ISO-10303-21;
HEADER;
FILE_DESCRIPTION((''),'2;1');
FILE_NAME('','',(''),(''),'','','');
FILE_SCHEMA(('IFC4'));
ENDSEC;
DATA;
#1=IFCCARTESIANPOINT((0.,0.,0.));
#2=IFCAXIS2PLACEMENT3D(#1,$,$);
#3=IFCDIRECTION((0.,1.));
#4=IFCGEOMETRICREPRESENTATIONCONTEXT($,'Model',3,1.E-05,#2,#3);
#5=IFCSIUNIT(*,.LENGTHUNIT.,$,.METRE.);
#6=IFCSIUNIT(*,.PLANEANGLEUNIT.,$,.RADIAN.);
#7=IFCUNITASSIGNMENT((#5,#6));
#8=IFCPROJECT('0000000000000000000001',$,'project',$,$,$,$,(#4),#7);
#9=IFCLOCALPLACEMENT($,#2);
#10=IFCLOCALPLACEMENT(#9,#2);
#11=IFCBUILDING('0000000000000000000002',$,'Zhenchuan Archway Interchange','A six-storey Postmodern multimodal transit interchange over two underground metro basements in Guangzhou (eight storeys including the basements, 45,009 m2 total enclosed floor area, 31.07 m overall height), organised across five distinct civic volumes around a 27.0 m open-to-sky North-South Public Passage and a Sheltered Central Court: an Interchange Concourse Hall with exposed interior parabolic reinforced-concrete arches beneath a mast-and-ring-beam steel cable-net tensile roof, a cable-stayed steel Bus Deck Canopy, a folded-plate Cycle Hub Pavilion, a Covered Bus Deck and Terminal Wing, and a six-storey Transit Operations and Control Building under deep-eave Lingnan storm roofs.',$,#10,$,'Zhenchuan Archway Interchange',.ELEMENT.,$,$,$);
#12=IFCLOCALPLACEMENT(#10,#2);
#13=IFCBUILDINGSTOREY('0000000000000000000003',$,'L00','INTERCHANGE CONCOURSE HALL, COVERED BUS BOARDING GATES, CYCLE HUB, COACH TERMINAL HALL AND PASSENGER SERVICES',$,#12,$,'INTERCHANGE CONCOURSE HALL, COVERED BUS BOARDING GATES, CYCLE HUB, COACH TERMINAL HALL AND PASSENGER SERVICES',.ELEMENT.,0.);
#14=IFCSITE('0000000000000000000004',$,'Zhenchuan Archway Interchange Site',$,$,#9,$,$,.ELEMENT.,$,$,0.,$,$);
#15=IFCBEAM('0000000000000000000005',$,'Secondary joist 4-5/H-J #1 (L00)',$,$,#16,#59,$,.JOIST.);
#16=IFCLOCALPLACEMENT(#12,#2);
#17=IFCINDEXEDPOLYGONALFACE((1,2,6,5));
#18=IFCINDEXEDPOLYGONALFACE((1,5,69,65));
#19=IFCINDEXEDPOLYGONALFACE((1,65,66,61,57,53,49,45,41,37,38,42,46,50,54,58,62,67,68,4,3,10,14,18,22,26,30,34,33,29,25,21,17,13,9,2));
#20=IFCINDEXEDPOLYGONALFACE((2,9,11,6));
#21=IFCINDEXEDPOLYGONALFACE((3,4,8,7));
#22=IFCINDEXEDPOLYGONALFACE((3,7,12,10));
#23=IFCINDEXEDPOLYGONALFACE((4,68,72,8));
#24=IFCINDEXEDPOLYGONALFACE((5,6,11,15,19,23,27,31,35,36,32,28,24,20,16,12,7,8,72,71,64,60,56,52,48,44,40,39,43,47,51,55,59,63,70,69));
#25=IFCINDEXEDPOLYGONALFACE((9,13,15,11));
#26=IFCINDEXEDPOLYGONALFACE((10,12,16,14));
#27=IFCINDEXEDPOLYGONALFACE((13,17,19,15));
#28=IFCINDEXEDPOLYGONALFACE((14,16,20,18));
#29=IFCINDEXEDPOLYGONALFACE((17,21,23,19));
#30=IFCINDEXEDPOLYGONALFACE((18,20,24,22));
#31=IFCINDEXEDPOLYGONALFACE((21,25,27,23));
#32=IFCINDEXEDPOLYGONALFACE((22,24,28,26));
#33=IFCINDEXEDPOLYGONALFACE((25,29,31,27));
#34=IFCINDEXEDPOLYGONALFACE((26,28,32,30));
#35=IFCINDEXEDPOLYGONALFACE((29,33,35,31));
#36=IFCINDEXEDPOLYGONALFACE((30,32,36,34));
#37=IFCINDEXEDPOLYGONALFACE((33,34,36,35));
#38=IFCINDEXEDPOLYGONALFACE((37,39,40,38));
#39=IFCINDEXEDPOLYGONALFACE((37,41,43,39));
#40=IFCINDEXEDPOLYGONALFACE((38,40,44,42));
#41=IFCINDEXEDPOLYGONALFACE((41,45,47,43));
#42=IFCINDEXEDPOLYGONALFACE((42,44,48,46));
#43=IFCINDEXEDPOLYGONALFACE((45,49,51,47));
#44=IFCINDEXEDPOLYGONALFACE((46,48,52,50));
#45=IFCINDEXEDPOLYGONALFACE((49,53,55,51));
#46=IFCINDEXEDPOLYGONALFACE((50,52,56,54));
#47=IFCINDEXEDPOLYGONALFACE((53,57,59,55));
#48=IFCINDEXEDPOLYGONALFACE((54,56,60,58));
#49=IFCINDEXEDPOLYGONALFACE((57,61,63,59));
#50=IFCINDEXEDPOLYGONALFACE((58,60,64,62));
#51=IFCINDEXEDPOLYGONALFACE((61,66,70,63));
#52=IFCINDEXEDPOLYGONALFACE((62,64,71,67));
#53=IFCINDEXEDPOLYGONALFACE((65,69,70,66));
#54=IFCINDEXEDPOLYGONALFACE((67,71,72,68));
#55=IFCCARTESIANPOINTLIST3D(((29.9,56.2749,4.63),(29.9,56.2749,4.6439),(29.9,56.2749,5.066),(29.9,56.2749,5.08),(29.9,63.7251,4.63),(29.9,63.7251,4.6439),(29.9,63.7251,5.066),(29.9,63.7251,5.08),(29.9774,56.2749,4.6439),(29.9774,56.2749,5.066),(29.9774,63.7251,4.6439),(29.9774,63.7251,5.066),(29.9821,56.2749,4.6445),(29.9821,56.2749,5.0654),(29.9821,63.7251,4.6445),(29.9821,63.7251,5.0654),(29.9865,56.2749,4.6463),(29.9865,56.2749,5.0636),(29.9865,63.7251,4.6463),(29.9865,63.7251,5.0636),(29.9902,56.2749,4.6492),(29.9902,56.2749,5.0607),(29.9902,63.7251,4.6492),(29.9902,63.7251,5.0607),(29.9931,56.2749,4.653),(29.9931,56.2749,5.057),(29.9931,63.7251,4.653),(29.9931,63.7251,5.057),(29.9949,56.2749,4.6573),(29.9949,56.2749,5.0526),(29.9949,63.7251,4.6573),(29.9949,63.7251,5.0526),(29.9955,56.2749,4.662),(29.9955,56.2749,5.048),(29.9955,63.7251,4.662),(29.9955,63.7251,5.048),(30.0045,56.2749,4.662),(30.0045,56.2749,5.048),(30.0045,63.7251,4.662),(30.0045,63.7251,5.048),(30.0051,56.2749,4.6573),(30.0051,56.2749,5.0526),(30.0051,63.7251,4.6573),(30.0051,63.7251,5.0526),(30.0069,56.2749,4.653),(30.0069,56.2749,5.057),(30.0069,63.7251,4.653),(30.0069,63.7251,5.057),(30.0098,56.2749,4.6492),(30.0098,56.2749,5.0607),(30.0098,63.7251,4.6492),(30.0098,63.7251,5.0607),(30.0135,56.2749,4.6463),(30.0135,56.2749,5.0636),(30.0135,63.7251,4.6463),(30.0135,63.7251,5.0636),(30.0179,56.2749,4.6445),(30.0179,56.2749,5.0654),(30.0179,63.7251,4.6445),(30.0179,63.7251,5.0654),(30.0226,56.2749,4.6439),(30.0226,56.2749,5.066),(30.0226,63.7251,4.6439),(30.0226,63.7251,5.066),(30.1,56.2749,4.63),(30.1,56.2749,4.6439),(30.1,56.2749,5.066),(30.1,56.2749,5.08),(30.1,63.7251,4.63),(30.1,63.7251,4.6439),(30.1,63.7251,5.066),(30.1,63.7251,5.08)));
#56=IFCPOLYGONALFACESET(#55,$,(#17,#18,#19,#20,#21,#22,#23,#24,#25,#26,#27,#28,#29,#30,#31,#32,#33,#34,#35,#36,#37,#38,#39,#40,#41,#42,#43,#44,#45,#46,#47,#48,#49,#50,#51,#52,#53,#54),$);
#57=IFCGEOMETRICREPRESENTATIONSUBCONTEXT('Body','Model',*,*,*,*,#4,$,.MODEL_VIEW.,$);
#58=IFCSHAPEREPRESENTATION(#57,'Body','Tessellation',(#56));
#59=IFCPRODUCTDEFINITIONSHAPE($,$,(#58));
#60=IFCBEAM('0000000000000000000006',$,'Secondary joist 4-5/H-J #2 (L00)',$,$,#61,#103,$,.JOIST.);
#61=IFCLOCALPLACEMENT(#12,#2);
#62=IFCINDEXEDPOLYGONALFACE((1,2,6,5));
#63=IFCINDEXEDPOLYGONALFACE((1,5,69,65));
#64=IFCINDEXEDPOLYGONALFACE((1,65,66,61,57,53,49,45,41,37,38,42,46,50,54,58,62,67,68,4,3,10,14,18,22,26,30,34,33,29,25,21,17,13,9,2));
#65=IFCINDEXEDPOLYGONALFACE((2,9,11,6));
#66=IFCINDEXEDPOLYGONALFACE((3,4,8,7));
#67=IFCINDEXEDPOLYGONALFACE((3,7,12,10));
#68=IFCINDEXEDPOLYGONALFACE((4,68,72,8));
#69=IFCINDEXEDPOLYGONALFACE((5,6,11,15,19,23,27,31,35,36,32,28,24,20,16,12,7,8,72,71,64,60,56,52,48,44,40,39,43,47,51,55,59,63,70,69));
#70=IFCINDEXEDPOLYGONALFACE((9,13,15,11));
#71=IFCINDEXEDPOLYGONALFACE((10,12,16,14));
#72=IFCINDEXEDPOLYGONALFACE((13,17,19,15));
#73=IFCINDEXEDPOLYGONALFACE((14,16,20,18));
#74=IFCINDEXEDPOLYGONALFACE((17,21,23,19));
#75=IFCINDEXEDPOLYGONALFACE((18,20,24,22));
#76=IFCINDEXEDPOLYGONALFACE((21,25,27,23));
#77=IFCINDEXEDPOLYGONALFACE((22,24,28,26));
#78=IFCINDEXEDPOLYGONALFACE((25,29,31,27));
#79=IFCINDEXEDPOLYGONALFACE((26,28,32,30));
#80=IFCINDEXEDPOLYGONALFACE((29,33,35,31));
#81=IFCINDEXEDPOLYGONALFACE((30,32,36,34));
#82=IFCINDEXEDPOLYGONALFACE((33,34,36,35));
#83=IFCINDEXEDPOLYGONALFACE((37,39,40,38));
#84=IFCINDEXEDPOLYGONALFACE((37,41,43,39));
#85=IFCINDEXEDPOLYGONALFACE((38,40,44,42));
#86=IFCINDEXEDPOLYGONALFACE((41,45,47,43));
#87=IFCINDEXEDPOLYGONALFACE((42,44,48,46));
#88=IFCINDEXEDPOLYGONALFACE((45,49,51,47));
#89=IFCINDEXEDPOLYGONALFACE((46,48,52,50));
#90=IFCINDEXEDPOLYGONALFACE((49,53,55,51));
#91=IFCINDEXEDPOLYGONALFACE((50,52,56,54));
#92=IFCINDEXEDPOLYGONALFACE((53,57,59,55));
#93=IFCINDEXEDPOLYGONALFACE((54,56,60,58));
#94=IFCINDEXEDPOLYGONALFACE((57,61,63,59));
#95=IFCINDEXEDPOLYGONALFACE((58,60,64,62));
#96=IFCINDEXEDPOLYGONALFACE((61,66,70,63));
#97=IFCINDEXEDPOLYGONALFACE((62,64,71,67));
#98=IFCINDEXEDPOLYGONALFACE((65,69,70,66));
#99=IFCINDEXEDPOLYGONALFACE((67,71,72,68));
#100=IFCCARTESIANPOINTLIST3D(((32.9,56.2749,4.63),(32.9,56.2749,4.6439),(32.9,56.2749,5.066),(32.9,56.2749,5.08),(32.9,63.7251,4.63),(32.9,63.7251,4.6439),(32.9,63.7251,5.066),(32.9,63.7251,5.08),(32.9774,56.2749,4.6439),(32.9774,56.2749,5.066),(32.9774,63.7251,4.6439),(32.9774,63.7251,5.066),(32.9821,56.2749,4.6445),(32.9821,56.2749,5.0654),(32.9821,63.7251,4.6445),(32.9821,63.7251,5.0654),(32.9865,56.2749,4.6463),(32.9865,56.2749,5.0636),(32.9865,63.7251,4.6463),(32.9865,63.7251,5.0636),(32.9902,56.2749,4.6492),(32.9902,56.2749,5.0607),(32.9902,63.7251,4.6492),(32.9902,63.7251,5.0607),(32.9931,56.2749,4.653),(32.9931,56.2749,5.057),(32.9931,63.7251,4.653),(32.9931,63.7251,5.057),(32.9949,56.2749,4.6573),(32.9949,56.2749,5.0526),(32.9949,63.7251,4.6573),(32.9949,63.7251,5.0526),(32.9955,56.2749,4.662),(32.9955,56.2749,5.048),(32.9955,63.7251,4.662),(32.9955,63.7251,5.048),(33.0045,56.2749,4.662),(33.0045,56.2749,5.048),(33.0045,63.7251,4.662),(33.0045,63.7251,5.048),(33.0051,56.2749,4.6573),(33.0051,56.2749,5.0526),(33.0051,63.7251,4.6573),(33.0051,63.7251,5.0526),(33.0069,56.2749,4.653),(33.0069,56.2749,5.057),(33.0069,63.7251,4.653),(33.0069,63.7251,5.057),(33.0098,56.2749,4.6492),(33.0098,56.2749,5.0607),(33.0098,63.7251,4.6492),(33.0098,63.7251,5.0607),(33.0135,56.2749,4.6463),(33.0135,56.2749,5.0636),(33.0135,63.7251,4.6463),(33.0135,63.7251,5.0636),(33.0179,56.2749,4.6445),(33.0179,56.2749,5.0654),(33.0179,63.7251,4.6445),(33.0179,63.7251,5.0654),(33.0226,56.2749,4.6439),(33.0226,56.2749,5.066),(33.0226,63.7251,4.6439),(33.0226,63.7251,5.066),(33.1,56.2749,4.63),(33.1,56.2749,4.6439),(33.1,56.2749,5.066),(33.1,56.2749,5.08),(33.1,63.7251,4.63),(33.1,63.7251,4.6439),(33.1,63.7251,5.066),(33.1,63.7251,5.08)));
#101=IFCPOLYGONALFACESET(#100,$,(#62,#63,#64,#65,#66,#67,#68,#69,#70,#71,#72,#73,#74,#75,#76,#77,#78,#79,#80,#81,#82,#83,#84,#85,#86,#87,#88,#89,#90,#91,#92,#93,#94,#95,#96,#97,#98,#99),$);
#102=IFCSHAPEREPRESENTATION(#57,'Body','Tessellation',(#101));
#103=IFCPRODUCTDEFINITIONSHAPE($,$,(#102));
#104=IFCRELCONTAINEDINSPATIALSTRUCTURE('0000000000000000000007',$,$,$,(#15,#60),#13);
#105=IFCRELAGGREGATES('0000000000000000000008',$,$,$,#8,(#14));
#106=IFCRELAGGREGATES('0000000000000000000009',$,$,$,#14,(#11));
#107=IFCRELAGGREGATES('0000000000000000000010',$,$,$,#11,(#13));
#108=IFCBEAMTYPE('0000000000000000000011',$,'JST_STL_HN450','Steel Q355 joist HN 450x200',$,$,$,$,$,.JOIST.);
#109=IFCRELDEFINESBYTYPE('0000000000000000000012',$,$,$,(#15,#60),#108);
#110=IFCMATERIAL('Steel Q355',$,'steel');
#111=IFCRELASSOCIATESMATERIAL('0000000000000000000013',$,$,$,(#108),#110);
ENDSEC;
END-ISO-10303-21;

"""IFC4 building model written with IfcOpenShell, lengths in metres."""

from ifc_helpers import new_model, si_unit, direction, frame, origin, origin_2d, place, context, subcontext, project, spatial, i_section, extrude, material, material_profile, profile_set, type_object, element, save


model = new_model("IFC4")

# Units and contexts
model_context = context("Model", 3, precision=1e-05, world=origin(), true_north=direction((0.0, 1.0)))
body_context = subcontext(model_context, "Body", "Model", "MODEL_VIEW")
ifc_project = project(units=[si_unit("LENGTHUNIT", "METRE"), si_unit("PLANEANGLEUNIT", "RADIAN")], contexts=[model_context])

# Site, building, storey
site_placement = place(None, origin())
site = spatial("IfcSite", under=ifc_project, at=site_placement, Name="Zhenchuan Archway Interchange Site", CompositionType="ELEMENT", RefElevation=0.0)
building_placement = place(site_placement, origin())
building = spatial("IfcBuilding", under=site, at=building_placement, Name="Zhenchuan Archway Interchange", Description="A six-storey Postmodern multimodal transit interchange over two underground metro basements in Guangzhou (eight storeys including the basements, 45,009 m2 total enclosed floor area, 31.07 m overall height), organised across five distinct civic volumes around a 27.0 m open-to-sky North-South Public Passage and a Sheltered Central Court: an Interchange Concourse Hall with exposed interior parabolic reinforced-concrete arches beneath a mast-and-ring-beam steel cable-net tensile roof, a cable-stayed steel Bus Deck Canopy, a folded-plate Cycle Hub Pavilion, a Covered Bus Deck and Terminal Wing, and a six-storey Transit Operations and Control Building under deep-eave Lingnan storm roofs.", LongName="Zhenchuan Archway Interchange", CompositionType="ELEMENT")
storey_placement = place(building_placement, origin())
storey = spatial("IfcBuildingStorey", under=building, at=storey_placement, Name="L00", Description="INTERCHANGE CONCOURSE HALL, COVERED BUS BOARDING GATES, CYCLE HUB, COACH TERMINAL HALL AND PASSENGER SERVICES", LongName="INTERCHANGE CONCOURSE HALL, COVERED BUS BOARDING GATES, CYCLE HUB, COACH TERMINAL HALL AND PASSENGER SERVICES", CompositionType="ELEMENT", Elevation=0.0)

# Beams
ifc_material_1 = material(Name="Steel Q355", Category="steel")
ifc_material_profile_1 = material_profile(ifc_material_1, i_section(OverallWidth=0.2, OverallDepth=0.45, WebThickness=0.009, FlangeThickness=0.0139, FilletRadius=0.0181, at=origin_2d()), Name="HN 450x200")
ifc_profile_set_1 = profile_set([ifc_material_profile_1], Name="Steel Q355")
beam_type_1 = type_object("IfcBeamType", Name="JST_STL_HN450", Description="Steel Q355 joist HN 450x200", PredefinedType="JOIST", material=ifc_profile_set_1)
for number, where, z_axis, x_axis, name in (
    (1, (30.0, 56.2749, 4.855), (0.0, 1.0, 0.0), (-1.0, 0.0, 0.0), "Secondary joist 4-5/H-J #1 (L00)"),
    (2, (33.0, 56.2749, 4.855), (0.0, 1.0, 0.0), (-1.0, 0.0, 0.0), "Secondary joist 4-5/H-J #2 (L00)"),
):
    element("IfcBeam", number, at=place(storey_placement, frame(where, z_axis=z_axis, x_axis=x_axis)), inside=storey, type_object=beam_type_1, Name=name, PredefinedType="JOIST", context=body_context, shape_type="SweptSolid", body=[
        extrude(i_section(OverallWidth=0.2, OverallDepth=0.45, WebThickness=0.009, FlangeThickness=0.0139, FilletRadius=0.0181, at=origin_2d()), origin(), (0.0, 0.0, 1.0), 7.4502),
    ])

save(model, "model.ifc")
